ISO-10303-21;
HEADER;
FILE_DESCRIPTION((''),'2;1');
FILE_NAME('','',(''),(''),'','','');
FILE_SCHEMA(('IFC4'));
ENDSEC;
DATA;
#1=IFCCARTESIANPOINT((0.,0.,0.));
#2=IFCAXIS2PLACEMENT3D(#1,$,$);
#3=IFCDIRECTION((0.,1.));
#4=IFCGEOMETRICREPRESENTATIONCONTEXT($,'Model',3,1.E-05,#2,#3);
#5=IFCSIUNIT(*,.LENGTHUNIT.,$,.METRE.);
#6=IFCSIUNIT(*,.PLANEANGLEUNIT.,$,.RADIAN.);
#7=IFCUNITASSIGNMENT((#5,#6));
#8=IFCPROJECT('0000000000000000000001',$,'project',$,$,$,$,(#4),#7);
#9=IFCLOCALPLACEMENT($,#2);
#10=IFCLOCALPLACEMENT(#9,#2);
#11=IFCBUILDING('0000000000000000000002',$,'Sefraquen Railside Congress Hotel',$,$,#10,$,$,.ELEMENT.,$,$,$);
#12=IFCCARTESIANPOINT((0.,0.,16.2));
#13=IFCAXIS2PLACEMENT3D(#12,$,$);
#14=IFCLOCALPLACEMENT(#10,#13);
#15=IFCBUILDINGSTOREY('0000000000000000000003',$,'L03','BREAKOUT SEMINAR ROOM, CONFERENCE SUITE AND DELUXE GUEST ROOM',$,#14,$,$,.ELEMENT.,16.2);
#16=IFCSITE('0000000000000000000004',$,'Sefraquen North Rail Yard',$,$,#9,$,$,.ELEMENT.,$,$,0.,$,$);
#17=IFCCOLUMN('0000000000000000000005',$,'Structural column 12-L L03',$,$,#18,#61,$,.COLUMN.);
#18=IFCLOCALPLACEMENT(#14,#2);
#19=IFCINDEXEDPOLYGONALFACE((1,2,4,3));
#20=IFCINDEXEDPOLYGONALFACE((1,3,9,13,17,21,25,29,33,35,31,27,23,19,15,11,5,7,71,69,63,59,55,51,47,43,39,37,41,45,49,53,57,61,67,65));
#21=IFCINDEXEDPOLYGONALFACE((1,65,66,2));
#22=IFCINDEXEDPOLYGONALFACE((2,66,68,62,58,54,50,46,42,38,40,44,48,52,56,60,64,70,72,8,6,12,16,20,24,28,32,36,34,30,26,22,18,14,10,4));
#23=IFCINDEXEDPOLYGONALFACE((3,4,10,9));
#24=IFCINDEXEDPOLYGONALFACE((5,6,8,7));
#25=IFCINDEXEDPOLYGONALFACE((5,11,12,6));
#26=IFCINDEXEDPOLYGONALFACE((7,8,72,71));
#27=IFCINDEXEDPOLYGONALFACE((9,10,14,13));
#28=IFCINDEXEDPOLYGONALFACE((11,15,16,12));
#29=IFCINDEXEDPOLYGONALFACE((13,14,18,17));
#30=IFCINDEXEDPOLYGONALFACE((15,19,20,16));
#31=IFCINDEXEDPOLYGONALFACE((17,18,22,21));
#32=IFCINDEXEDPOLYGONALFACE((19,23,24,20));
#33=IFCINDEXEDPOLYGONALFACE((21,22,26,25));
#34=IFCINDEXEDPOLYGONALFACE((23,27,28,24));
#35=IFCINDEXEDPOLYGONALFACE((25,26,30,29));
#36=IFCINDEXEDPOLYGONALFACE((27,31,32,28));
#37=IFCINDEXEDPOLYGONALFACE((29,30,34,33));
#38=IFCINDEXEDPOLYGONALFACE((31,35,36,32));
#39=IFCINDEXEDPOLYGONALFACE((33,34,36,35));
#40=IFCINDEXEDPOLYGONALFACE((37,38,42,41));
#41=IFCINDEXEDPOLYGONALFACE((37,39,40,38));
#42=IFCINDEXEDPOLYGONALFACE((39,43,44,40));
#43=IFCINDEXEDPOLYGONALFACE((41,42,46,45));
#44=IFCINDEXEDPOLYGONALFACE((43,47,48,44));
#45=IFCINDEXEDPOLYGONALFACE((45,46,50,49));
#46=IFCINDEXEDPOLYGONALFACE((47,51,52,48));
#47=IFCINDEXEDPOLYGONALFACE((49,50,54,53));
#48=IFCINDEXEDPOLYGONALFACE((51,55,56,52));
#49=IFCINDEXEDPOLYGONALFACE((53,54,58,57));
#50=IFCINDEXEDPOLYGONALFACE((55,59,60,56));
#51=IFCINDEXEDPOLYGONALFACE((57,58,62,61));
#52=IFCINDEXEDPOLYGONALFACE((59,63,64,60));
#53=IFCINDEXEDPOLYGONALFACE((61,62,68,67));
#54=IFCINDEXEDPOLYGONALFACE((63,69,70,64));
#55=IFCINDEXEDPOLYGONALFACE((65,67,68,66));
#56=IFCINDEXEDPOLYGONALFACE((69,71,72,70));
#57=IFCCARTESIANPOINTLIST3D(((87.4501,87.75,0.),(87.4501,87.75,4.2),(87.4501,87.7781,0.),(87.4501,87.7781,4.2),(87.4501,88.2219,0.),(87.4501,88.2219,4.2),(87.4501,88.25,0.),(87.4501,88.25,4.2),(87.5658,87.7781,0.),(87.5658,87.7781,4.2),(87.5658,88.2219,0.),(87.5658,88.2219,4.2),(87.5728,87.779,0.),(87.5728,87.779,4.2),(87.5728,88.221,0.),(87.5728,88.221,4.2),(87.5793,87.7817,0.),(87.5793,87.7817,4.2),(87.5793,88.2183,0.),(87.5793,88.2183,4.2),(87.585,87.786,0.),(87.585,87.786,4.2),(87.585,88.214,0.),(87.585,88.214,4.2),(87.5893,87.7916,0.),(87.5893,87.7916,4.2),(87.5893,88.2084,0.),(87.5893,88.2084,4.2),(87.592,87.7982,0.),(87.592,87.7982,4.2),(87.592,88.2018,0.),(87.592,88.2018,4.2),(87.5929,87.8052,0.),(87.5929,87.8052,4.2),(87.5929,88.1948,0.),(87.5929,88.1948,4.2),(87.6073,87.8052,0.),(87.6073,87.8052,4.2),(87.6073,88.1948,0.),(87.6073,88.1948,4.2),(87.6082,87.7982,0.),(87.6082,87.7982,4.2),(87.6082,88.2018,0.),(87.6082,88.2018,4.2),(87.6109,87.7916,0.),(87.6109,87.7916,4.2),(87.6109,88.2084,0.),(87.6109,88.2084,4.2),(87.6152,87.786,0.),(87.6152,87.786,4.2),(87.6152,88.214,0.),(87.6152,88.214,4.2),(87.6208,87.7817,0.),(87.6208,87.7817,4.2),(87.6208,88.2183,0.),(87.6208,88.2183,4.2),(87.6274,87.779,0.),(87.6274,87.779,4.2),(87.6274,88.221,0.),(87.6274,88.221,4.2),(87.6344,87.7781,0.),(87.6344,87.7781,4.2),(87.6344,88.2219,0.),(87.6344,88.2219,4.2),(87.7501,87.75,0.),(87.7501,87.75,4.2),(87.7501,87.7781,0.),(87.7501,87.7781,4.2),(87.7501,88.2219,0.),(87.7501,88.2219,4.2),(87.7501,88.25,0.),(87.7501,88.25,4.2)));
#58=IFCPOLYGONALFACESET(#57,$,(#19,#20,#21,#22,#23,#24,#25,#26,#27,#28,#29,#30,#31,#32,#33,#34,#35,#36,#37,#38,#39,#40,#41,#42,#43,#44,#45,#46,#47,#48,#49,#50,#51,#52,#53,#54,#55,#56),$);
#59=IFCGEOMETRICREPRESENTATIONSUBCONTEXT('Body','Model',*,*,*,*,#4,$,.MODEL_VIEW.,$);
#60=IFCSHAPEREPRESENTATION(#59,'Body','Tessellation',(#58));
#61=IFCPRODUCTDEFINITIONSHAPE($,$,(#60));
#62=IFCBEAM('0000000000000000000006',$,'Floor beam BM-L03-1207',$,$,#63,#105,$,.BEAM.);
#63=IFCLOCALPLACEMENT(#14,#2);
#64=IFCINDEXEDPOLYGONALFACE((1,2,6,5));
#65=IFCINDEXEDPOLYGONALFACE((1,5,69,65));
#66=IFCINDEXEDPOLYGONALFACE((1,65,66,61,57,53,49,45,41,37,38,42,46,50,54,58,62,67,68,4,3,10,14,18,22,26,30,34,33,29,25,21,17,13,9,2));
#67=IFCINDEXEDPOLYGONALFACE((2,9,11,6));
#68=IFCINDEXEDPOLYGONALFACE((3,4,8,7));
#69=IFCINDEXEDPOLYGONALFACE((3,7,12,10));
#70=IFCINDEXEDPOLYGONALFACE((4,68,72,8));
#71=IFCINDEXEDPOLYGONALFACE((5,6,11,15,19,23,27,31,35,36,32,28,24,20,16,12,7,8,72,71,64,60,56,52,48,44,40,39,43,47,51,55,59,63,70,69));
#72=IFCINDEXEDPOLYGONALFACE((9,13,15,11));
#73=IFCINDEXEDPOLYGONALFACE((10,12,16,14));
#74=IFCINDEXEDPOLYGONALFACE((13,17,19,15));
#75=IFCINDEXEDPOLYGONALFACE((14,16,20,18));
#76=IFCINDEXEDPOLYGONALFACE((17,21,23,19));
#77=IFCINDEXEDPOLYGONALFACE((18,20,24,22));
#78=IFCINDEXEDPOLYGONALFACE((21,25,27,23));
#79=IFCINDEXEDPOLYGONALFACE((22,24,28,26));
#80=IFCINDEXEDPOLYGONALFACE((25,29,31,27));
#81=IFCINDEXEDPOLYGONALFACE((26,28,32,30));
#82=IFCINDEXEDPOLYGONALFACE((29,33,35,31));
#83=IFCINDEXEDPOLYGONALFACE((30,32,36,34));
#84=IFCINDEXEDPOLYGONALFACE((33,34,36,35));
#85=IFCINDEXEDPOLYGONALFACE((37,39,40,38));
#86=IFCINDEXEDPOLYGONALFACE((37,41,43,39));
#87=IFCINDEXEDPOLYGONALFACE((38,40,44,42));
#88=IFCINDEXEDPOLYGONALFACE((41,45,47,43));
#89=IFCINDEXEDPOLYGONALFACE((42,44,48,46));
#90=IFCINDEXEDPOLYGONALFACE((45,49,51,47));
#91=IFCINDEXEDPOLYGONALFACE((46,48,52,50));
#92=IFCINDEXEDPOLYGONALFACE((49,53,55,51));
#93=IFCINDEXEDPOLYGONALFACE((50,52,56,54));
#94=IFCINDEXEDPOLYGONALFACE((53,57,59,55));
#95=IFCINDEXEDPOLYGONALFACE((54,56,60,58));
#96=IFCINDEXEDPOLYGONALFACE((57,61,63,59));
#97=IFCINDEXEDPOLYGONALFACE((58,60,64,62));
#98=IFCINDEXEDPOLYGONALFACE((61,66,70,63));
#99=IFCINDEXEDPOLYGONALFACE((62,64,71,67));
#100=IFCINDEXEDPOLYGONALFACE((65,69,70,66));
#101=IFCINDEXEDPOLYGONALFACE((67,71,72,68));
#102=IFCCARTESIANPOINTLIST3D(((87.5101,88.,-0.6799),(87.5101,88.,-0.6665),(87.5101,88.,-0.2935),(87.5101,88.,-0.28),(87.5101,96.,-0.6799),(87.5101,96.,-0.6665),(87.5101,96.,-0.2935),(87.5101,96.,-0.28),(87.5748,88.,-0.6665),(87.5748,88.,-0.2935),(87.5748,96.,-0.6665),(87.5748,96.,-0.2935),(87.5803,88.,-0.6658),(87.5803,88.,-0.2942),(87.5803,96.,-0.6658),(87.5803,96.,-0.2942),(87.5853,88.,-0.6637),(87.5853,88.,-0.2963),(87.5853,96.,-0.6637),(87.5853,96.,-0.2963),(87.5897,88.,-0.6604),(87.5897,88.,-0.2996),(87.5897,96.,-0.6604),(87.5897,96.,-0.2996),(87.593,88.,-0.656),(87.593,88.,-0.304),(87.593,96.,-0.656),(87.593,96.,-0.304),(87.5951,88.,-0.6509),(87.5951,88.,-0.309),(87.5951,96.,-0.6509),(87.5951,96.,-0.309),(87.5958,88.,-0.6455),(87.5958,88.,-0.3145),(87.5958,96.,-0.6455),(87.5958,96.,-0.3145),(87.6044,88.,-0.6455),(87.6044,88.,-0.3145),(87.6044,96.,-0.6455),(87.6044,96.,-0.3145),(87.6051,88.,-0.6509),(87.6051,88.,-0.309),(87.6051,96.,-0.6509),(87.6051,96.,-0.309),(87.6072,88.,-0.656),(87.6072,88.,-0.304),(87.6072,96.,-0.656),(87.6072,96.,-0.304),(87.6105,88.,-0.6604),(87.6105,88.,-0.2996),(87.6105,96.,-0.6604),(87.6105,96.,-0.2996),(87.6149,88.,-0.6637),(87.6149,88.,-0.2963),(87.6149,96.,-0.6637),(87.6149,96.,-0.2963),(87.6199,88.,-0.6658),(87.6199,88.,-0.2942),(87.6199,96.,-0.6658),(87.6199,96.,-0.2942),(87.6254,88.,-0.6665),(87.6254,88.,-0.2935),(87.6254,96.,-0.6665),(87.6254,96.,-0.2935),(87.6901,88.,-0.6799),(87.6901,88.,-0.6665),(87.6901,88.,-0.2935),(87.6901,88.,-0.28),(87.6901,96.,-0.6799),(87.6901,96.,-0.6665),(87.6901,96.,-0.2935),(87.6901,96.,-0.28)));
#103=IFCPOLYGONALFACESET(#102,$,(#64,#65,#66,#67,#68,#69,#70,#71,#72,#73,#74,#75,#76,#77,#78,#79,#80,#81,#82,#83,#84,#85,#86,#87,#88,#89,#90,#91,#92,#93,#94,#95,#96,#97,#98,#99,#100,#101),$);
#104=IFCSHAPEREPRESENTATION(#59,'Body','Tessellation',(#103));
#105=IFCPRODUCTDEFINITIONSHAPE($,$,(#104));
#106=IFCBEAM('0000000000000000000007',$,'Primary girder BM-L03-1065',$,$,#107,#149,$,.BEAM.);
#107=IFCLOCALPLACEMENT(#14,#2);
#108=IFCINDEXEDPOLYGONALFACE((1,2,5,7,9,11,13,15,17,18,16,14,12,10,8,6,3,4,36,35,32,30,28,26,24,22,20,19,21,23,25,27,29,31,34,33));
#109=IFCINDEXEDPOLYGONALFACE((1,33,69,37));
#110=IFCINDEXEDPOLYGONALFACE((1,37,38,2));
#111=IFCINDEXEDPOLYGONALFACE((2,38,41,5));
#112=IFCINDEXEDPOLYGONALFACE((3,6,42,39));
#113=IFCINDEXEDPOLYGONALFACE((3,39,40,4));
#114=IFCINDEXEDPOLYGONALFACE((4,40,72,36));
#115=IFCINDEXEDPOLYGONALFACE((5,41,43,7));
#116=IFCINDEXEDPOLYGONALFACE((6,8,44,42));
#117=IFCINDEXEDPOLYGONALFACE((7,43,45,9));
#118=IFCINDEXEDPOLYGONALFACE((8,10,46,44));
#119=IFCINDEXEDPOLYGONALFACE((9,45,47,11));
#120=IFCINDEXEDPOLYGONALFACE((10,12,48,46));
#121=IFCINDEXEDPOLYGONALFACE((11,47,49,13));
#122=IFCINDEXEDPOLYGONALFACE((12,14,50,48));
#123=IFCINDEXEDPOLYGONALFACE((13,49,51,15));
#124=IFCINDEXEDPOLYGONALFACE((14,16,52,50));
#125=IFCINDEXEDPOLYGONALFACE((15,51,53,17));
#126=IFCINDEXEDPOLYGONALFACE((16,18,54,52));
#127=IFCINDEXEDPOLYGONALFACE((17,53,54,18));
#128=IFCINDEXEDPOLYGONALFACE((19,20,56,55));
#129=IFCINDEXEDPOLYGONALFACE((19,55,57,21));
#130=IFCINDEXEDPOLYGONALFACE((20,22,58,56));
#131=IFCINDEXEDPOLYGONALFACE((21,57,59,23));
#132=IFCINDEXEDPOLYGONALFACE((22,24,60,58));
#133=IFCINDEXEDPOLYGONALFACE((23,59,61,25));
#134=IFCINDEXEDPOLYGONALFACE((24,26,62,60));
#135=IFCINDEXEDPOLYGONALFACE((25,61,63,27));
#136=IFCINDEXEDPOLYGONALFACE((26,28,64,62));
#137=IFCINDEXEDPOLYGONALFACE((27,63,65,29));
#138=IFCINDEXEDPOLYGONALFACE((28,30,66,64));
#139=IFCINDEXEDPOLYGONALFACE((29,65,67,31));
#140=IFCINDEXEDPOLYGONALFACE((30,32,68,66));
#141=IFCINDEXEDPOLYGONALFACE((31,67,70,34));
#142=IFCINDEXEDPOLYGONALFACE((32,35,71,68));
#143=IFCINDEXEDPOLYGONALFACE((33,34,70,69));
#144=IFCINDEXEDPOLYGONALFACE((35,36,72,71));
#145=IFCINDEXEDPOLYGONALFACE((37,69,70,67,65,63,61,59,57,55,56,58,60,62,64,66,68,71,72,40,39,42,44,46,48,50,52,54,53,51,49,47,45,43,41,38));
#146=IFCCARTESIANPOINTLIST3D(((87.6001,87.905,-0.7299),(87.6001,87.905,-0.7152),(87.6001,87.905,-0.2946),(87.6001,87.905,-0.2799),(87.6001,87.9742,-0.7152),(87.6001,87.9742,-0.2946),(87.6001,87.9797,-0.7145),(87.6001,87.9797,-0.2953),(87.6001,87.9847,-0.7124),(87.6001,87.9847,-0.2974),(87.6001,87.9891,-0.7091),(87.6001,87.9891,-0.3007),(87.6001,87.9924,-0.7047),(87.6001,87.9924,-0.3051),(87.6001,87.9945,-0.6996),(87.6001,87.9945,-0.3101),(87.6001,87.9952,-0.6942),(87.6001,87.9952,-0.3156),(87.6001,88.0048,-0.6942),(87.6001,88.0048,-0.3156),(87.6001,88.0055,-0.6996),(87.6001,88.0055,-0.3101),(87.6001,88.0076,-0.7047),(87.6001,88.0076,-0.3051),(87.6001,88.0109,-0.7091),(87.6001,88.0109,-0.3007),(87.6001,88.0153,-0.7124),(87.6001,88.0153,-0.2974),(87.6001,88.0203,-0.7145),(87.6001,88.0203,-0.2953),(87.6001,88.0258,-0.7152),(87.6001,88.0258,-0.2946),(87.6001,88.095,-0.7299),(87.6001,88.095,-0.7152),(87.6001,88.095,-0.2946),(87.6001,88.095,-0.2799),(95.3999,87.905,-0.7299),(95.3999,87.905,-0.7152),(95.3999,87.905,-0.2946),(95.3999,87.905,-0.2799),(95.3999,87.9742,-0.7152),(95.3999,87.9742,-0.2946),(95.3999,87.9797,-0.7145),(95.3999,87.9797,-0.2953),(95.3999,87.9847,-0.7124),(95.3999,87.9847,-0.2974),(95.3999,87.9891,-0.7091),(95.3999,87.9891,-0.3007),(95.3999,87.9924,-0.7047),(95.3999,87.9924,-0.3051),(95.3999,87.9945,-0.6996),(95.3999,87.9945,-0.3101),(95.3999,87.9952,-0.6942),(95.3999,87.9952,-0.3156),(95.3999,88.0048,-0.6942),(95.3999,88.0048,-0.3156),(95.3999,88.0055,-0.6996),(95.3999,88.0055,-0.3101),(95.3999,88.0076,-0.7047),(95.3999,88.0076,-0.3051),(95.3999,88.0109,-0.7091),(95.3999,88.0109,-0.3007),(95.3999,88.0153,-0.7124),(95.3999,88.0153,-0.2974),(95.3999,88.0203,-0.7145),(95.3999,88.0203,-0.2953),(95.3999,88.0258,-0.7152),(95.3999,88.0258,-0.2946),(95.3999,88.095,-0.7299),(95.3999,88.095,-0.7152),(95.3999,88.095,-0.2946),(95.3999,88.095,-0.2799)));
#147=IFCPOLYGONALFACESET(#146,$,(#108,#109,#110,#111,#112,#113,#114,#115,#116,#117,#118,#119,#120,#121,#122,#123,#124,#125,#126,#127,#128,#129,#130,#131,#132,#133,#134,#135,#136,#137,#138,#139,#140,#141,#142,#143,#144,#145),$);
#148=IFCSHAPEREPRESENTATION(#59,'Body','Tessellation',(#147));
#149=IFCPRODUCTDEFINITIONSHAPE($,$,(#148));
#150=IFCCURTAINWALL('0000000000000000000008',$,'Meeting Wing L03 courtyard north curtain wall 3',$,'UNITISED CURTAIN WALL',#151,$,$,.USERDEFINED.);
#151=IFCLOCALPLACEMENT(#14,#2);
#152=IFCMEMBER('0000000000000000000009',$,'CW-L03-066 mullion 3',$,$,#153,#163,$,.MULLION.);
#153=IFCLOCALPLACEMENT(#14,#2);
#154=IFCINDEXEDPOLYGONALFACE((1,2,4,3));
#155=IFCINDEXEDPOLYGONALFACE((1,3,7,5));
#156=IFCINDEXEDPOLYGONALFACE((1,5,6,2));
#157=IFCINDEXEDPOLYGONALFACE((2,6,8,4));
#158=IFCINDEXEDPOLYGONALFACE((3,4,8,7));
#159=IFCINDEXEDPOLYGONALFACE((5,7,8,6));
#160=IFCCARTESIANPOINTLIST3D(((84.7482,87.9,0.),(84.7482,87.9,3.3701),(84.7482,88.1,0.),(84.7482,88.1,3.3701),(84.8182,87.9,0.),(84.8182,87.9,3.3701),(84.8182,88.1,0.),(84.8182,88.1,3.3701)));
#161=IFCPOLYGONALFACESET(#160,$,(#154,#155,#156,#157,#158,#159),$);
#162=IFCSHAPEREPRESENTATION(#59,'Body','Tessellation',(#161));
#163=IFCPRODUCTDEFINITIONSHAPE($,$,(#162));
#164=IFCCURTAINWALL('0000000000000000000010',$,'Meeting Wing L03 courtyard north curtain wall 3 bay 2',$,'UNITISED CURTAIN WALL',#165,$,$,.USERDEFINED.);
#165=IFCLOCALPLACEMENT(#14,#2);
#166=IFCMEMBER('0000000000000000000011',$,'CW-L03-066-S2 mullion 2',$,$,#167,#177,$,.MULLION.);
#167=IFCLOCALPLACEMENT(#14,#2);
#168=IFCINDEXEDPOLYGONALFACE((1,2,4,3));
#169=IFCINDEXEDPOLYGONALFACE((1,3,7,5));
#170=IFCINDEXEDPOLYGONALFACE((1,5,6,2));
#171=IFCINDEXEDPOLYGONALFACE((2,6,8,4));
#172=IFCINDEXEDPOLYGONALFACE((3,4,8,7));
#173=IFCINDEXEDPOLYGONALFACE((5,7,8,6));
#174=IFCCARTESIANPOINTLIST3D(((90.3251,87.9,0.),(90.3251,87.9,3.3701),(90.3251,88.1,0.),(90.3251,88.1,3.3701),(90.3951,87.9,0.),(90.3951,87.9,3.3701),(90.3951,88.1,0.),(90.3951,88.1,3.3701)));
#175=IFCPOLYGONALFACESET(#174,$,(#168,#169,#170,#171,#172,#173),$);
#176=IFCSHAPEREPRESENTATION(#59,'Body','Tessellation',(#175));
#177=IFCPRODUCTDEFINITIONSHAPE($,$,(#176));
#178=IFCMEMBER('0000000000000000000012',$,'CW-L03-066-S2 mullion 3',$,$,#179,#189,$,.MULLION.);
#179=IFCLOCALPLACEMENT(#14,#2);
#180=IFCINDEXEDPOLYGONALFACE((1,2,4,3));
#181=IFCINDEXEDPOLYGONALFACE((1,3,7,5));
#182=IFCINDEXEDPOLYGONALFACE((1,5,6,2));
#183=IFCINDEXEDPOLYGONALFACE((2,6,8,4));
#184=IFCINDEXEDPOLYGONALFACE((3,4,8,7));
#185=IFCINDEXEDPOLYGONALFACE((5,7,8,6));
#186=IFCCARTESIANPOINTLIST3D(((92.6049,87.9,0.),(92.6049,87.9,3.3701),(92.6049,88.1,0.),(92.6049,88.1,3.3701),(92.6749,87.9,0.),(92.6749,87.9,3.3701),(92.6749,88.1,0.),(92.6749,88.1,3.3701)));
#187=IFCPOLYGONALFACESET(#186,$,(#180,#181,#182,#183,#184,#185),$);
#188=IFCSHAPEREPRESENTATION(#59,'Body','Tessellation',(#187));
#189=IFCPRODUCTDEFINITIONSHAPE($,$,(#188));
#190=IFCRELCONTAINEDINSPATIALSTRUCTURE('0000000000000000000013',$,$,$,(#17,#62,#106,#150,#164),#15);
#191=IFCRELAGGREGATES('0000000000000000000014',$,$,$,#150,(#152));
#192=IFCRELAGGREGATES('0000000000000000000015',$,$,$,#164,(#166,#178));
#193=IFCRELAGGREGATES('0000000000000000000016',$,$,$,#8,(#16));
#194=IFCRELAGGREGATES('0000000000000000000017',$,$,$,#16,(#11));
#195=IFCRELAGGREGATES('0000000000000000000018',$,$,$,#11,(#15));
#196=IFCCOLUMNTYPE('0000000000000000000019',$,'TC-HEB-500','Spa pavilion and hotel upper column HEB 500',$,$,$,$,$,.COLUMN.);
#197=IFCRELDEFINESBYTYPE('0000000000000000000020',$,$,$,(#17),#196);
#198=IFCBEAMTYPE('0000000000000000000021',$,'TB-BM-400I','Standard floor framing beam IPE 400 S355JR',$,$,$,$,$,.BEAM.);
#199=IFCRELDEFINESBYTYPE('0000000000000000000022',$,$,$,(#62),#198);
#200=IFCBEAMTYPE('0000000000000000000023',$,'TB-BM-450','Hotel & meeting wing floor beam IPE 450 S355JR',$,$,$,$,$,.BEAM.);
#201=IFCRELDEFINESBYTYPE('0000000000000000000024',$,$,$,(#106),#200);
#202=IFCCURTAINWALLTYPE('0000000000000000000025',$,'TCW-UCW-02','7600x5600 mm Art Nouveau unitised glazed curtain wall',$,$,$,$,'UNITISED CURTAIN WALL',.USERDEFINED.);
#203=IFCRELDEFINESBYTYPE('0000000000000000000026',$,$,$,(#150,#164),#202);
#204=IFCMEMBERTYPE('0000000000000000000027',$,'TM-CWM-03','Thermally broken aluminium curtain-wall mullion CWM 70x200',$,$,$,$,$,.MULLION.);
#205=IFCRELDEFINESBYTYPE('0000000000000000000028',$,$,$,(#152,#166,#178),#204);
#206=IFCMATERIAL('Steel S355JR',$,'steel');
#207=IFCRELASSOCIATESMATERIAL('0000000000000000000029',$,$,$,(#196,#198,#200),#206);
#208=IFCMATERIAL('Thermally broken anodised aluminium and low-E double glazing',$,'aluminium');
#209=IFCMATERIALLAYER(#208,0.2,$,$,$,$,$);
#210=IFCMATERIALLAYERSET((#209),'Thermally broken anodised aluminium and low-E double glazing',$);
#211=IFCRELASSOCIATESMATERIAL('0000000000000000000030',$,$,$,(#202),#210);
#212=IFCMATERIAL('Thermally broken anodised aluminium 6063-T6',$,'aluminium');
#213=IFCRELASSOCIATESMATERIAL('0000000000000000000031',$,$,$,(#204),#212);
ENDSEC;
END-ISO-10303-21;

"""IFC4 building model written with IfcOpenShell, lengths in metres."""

from ifc_helpers import new_model, si_unit, direction, frame, origin, origin_2d, place, context, subcontext, project, spatial, rectangle, i_section, extrude, material, layer, layer_set, material_profile, profile_set, type_object, element, aggregate, save


model = new_model("IFC4")

# Units and contexts
model_context = context("Model", 3, precision=1e-05, world=origin(), true_north=direction((0.0, 1.0)))
body_context = subcontext(model_context, "Body", "Model", "MODEL_VIEW")
ifc_project = project(units=[si_unit("LENGTHUNIT", "METRE"), si_unit("PLANEANGLEUNIT", "RADIAN")], contexts=[model_context])

# Site, building, storey
site_placement = place(None, origin())
site = spatial("IfcSite", under=ifc_project, at=site_placement, Name="Sefraquen North Rail Yard", CompositionType="ELEMENT", RefElevation=0.0)
building_placement = place(site_placement, origin())
building = spatial("IfcBuilding", under=site, at=building_placement, Name="Sefraquen Railside Congress Hotel", CompositionType="ELEMENT")
storey_placement = place(building_placement, frame((0.0, 0.0, 16.2)))
storey = spatial("IfcBuildingStorey", under=building, at=storey_placement, Name="L03", Description="BREAKOUT SEMINAR ROOM, CONFERENCE SUITE AND DELUXE GUEST ROOM", CompositionType="ELEMENT", Elevation=16.2)

# Column
ifc_material_1 = material(Name="Steel S355JR", Category="steel")
ifc_material_profile_1 = material_profile(ifc_material_1, i_section(OverallWidth=0.3, OverallDepth=0.5, WebThickness=0.0144, FlangeThickness=0.0281, FilletRadius=0.0271, at=origin_2d()), Name="HEB 500")
ifc_profile_set_1 = profile_set([ifc_material_profile_1], Name="Steel S355JR")
column_type = type_object("IfcColumnType", Name="TC-HEB-500", Description="Spa pavilion and hotel upper column HEB 500", PredefinedType="COLUMN", material=ifc_profile_set_1)
column_placement = place(storey_placement, frame((87.6001, 88.0, 0.0), z_axis=(0.0, 0.0, 1.0), x_axis=(1.0, 0.0, 0.0)))
element("IfcColumn", 1, at=column_placement, inside=storey, type_object=column_type, Name="Structural column 12-L L03", PredefinedType="COLUMN", context=body_context, shape_type="SweptSolid", body=[
    extrude(i_section(OverallWidth=0.3, OverallDepth=0.5, WebThickness=0.0144, FlangeThickness=0.0281, FilletRadius=0.0271, at=origin_2d()), origin(), (0.0, 0.0, 1.0), 4.2),
])

# Beams
ifc_material_profile_2 = material_profile(ifc_material_1, i_section(OverallWidth=0.1799, OverallDepth=0.3999, WebThickness=0.0085, FlangeThickness=0.0134, FilletRadius=0.021, at=origin_2d()), Name="IPE 400")
ifc_profile_set_2 = profile_set([ifc_material_profile_2], Name="Steel S355JR")
beam_type_1 = type_object("IfcBeamType", Name="TB-BM-400I", Description="Standard floor framing beam IPE 400 S355JR", PredefinedType="BEAM", material=ifc_profile_set_2)
beam_1_placement = place(storey_placement, frame((87.6001, 88.0, -0.48), z_axis=(0.0, 1.0, 0.0), x_axis=(-1.0, 0.0, 0.0)))
element("IfcBeam", 2, at=beam_1_placement, inside=storey, type_object=beam_type_1, Name="Floor beam BM-L03-1207", PredefinedType="BEAM", context=body_context, shape_type="SweptSolid", body=[
    extrude(i_section(OverallWidth=0.1799, OverallDepth=0.3999, WebThickness=0.0085, FlangeThickness=0.0134, FilletRadius=0.021, at=origin_2d()), origin(), (0.0, 0.0, 1.0), 8.0),
])
ifc_material_profile_3 = material_profile(ifc_material_1, i_section(OverallWidth=0.1899, OverallDepth=0.45, WebThickness=0.0095, FlangeThickness=0.0146, FilletRadius=0.021, at=origin_2d()), Name="IPE 450")
ifc_profile_set_3 = profile_set([ifc_material_profile_3], Name="Steel S355JR")
beam_type_2 = type_object("IfcBeamType", Name="TB-BM-450", Description="Hotel & meeting wing floor beam IPE 450 S355JR", PredefinedType="BEAM", material=ifc_profile_set_3)
beam_2_placement = place(storey_placement, frame((87.6001, 88.0, -0.5049), z_axis=(1.0, 0.0, 0.0), x_axis=(0.0, 1.0, 0.0)))
element("IfcBeam", 3, at=beam_2_placement, inside=storey, type_object=beam_type_2, Name="Primary girder BM-L03-1065", PredefinedType="BEAM", context=body_context, shape_type="SweptSolid", body=[
    extrude(i_section(OverallWidth=0.1899, OverallDepth=0.45, WebThickness=0.0095, FlangeThickness=0.0146, FilletRadius=0.021, at=origin_2d()), origin(), (0.0, 0.0, 1.0), 7.7998),
])

# Curtain wall, member
ifc_material_2 = material(Name="Thermally broken anodised aluminium and low-E double glazing", Category="aluminium")
ifc_layer_1 = layer(ifc_material_2, 0.2)
ifc_layer_set_1 = layer_set([ifc_layer_1], Name="Thermally broken anodised aluminium and low-E double glazing")
curtain_wall_type = type_object("IfcCurtainWallType", Name="TCW-UCW-02", Description="7600x5600 mm Art Nouveau unitised glazed curtain wall", ElementType="UNITISED CURTAIN WALL", PredefinedType="USERDEFINED", material=ifc_layer_set_1)
curtain_wall_1_placement = place(storey_placement, origin())
curtain_wall_1 = element("IfcCurtainWall", 4, at=curtain_wall_1_placement, inside=storey, type_object=curtain_wall_type, Name="Meeting Wing L03 courtyard north curtain wall 3", ObjectType="UNITISED CURTAIN WALL", PredefinedType="USERDEFINED")
ifc_material_3 = material(Name="Thermally broken anodised aluminium 6063-T6", Category="aluminium")
ifc_material_profile_4 = material_profile(ifc_material_3, rectangle(XDim=0.0701, YDim=0.2, at=origin_2d()), Name="CWM 70x200")
ifc_profile_set_4 = profile_set([ifc_material_profile_4], Name="Thermally broken anodised aluminium 6063-T6")
member_type_1 = type_object("IfcMemberType", Name="TM-CWM-03", Description="Thermally broken aluminium curtain-wall mullion CWM 70x200", PredefinedType="MULLION", material=ifc_profile_set_4)
member_1_placement = place(storey_placement, frame((84.7832, 88.0, 0.0), z_axis=(0.0, 0.0, 1.0), x_axis=(1.0, 0.0, 0.0)))
member_1 = element("IfcMember", 5, at=member_1_placement, type_object=member_type_1, Name="CW-L03-066 mullion 3", PredefinedType="MULLION", context=body_context, shape_type="SweptSolid", body=[
    extrude(rectangle(XDim=0.0701, YDim=0.2, at=origin_2d()), origin(), (0.0, 0.0, 1.0), 3.3701),
])

# Curtain wall, members
curtain_wall_2_placement = place(storey_placement, origin())
curtain_wall_2 = element("IfcCurtainWall", 6, at=curtain_wall_2_placement, inside=storey, type_object=curtain_wall_type, Name="Meeting Wing L03 courtyard north curtain wall 3 bay 2", ObjectType="UNITISED CURTAIN WALL", PredefinedType="USERDEFINED")
member_2_placement = place(storey_placement, frame((90.3601, 88.0, 0.0), z_axis=(0.0, 0.0, 1.0), x_axis=(1.0, 0.0, 0.0)))
member_2 = element("IfcMember", 7, at=member_2_placement, type_object=member_type_1, Name="CW-L03-066-S2 mullion 2", PredefinedType="MULLION", context=body_context, shape_type="SweptSolid", body=[
    extrude(rectangle(XDim=0.0701, YDim=0.2, at=origin_2d()), origin(), (0.0, 0.0, 1.0), 3.3701),
])
member_3_placement = place(storey_placement, frame((92.6399, 88.0, 0.0), z_axis=(0.0, 0.0, 1.0), x_axis=(1.0, 0.0, 0.0)))
member_3 = element("IfcMember", 8, at=member_3_placement, type_object=member_type_1, Name="CW-L03-066-S2 mullion 3", PredefinedType="MULLION", context=body_context, shape_type="SweptSolid", body=[
    extrude(rectangle(XDim=0.0701, YDim=0.2, at=origin_2d()), origin(), (0.0, 0.0, 1.0), 3.3701),
])

aggregate(curtain_wall_1, [member_1])
aggregate(curtain_wall_2, [member_2, member_3])

save(model, "model.ifc")
